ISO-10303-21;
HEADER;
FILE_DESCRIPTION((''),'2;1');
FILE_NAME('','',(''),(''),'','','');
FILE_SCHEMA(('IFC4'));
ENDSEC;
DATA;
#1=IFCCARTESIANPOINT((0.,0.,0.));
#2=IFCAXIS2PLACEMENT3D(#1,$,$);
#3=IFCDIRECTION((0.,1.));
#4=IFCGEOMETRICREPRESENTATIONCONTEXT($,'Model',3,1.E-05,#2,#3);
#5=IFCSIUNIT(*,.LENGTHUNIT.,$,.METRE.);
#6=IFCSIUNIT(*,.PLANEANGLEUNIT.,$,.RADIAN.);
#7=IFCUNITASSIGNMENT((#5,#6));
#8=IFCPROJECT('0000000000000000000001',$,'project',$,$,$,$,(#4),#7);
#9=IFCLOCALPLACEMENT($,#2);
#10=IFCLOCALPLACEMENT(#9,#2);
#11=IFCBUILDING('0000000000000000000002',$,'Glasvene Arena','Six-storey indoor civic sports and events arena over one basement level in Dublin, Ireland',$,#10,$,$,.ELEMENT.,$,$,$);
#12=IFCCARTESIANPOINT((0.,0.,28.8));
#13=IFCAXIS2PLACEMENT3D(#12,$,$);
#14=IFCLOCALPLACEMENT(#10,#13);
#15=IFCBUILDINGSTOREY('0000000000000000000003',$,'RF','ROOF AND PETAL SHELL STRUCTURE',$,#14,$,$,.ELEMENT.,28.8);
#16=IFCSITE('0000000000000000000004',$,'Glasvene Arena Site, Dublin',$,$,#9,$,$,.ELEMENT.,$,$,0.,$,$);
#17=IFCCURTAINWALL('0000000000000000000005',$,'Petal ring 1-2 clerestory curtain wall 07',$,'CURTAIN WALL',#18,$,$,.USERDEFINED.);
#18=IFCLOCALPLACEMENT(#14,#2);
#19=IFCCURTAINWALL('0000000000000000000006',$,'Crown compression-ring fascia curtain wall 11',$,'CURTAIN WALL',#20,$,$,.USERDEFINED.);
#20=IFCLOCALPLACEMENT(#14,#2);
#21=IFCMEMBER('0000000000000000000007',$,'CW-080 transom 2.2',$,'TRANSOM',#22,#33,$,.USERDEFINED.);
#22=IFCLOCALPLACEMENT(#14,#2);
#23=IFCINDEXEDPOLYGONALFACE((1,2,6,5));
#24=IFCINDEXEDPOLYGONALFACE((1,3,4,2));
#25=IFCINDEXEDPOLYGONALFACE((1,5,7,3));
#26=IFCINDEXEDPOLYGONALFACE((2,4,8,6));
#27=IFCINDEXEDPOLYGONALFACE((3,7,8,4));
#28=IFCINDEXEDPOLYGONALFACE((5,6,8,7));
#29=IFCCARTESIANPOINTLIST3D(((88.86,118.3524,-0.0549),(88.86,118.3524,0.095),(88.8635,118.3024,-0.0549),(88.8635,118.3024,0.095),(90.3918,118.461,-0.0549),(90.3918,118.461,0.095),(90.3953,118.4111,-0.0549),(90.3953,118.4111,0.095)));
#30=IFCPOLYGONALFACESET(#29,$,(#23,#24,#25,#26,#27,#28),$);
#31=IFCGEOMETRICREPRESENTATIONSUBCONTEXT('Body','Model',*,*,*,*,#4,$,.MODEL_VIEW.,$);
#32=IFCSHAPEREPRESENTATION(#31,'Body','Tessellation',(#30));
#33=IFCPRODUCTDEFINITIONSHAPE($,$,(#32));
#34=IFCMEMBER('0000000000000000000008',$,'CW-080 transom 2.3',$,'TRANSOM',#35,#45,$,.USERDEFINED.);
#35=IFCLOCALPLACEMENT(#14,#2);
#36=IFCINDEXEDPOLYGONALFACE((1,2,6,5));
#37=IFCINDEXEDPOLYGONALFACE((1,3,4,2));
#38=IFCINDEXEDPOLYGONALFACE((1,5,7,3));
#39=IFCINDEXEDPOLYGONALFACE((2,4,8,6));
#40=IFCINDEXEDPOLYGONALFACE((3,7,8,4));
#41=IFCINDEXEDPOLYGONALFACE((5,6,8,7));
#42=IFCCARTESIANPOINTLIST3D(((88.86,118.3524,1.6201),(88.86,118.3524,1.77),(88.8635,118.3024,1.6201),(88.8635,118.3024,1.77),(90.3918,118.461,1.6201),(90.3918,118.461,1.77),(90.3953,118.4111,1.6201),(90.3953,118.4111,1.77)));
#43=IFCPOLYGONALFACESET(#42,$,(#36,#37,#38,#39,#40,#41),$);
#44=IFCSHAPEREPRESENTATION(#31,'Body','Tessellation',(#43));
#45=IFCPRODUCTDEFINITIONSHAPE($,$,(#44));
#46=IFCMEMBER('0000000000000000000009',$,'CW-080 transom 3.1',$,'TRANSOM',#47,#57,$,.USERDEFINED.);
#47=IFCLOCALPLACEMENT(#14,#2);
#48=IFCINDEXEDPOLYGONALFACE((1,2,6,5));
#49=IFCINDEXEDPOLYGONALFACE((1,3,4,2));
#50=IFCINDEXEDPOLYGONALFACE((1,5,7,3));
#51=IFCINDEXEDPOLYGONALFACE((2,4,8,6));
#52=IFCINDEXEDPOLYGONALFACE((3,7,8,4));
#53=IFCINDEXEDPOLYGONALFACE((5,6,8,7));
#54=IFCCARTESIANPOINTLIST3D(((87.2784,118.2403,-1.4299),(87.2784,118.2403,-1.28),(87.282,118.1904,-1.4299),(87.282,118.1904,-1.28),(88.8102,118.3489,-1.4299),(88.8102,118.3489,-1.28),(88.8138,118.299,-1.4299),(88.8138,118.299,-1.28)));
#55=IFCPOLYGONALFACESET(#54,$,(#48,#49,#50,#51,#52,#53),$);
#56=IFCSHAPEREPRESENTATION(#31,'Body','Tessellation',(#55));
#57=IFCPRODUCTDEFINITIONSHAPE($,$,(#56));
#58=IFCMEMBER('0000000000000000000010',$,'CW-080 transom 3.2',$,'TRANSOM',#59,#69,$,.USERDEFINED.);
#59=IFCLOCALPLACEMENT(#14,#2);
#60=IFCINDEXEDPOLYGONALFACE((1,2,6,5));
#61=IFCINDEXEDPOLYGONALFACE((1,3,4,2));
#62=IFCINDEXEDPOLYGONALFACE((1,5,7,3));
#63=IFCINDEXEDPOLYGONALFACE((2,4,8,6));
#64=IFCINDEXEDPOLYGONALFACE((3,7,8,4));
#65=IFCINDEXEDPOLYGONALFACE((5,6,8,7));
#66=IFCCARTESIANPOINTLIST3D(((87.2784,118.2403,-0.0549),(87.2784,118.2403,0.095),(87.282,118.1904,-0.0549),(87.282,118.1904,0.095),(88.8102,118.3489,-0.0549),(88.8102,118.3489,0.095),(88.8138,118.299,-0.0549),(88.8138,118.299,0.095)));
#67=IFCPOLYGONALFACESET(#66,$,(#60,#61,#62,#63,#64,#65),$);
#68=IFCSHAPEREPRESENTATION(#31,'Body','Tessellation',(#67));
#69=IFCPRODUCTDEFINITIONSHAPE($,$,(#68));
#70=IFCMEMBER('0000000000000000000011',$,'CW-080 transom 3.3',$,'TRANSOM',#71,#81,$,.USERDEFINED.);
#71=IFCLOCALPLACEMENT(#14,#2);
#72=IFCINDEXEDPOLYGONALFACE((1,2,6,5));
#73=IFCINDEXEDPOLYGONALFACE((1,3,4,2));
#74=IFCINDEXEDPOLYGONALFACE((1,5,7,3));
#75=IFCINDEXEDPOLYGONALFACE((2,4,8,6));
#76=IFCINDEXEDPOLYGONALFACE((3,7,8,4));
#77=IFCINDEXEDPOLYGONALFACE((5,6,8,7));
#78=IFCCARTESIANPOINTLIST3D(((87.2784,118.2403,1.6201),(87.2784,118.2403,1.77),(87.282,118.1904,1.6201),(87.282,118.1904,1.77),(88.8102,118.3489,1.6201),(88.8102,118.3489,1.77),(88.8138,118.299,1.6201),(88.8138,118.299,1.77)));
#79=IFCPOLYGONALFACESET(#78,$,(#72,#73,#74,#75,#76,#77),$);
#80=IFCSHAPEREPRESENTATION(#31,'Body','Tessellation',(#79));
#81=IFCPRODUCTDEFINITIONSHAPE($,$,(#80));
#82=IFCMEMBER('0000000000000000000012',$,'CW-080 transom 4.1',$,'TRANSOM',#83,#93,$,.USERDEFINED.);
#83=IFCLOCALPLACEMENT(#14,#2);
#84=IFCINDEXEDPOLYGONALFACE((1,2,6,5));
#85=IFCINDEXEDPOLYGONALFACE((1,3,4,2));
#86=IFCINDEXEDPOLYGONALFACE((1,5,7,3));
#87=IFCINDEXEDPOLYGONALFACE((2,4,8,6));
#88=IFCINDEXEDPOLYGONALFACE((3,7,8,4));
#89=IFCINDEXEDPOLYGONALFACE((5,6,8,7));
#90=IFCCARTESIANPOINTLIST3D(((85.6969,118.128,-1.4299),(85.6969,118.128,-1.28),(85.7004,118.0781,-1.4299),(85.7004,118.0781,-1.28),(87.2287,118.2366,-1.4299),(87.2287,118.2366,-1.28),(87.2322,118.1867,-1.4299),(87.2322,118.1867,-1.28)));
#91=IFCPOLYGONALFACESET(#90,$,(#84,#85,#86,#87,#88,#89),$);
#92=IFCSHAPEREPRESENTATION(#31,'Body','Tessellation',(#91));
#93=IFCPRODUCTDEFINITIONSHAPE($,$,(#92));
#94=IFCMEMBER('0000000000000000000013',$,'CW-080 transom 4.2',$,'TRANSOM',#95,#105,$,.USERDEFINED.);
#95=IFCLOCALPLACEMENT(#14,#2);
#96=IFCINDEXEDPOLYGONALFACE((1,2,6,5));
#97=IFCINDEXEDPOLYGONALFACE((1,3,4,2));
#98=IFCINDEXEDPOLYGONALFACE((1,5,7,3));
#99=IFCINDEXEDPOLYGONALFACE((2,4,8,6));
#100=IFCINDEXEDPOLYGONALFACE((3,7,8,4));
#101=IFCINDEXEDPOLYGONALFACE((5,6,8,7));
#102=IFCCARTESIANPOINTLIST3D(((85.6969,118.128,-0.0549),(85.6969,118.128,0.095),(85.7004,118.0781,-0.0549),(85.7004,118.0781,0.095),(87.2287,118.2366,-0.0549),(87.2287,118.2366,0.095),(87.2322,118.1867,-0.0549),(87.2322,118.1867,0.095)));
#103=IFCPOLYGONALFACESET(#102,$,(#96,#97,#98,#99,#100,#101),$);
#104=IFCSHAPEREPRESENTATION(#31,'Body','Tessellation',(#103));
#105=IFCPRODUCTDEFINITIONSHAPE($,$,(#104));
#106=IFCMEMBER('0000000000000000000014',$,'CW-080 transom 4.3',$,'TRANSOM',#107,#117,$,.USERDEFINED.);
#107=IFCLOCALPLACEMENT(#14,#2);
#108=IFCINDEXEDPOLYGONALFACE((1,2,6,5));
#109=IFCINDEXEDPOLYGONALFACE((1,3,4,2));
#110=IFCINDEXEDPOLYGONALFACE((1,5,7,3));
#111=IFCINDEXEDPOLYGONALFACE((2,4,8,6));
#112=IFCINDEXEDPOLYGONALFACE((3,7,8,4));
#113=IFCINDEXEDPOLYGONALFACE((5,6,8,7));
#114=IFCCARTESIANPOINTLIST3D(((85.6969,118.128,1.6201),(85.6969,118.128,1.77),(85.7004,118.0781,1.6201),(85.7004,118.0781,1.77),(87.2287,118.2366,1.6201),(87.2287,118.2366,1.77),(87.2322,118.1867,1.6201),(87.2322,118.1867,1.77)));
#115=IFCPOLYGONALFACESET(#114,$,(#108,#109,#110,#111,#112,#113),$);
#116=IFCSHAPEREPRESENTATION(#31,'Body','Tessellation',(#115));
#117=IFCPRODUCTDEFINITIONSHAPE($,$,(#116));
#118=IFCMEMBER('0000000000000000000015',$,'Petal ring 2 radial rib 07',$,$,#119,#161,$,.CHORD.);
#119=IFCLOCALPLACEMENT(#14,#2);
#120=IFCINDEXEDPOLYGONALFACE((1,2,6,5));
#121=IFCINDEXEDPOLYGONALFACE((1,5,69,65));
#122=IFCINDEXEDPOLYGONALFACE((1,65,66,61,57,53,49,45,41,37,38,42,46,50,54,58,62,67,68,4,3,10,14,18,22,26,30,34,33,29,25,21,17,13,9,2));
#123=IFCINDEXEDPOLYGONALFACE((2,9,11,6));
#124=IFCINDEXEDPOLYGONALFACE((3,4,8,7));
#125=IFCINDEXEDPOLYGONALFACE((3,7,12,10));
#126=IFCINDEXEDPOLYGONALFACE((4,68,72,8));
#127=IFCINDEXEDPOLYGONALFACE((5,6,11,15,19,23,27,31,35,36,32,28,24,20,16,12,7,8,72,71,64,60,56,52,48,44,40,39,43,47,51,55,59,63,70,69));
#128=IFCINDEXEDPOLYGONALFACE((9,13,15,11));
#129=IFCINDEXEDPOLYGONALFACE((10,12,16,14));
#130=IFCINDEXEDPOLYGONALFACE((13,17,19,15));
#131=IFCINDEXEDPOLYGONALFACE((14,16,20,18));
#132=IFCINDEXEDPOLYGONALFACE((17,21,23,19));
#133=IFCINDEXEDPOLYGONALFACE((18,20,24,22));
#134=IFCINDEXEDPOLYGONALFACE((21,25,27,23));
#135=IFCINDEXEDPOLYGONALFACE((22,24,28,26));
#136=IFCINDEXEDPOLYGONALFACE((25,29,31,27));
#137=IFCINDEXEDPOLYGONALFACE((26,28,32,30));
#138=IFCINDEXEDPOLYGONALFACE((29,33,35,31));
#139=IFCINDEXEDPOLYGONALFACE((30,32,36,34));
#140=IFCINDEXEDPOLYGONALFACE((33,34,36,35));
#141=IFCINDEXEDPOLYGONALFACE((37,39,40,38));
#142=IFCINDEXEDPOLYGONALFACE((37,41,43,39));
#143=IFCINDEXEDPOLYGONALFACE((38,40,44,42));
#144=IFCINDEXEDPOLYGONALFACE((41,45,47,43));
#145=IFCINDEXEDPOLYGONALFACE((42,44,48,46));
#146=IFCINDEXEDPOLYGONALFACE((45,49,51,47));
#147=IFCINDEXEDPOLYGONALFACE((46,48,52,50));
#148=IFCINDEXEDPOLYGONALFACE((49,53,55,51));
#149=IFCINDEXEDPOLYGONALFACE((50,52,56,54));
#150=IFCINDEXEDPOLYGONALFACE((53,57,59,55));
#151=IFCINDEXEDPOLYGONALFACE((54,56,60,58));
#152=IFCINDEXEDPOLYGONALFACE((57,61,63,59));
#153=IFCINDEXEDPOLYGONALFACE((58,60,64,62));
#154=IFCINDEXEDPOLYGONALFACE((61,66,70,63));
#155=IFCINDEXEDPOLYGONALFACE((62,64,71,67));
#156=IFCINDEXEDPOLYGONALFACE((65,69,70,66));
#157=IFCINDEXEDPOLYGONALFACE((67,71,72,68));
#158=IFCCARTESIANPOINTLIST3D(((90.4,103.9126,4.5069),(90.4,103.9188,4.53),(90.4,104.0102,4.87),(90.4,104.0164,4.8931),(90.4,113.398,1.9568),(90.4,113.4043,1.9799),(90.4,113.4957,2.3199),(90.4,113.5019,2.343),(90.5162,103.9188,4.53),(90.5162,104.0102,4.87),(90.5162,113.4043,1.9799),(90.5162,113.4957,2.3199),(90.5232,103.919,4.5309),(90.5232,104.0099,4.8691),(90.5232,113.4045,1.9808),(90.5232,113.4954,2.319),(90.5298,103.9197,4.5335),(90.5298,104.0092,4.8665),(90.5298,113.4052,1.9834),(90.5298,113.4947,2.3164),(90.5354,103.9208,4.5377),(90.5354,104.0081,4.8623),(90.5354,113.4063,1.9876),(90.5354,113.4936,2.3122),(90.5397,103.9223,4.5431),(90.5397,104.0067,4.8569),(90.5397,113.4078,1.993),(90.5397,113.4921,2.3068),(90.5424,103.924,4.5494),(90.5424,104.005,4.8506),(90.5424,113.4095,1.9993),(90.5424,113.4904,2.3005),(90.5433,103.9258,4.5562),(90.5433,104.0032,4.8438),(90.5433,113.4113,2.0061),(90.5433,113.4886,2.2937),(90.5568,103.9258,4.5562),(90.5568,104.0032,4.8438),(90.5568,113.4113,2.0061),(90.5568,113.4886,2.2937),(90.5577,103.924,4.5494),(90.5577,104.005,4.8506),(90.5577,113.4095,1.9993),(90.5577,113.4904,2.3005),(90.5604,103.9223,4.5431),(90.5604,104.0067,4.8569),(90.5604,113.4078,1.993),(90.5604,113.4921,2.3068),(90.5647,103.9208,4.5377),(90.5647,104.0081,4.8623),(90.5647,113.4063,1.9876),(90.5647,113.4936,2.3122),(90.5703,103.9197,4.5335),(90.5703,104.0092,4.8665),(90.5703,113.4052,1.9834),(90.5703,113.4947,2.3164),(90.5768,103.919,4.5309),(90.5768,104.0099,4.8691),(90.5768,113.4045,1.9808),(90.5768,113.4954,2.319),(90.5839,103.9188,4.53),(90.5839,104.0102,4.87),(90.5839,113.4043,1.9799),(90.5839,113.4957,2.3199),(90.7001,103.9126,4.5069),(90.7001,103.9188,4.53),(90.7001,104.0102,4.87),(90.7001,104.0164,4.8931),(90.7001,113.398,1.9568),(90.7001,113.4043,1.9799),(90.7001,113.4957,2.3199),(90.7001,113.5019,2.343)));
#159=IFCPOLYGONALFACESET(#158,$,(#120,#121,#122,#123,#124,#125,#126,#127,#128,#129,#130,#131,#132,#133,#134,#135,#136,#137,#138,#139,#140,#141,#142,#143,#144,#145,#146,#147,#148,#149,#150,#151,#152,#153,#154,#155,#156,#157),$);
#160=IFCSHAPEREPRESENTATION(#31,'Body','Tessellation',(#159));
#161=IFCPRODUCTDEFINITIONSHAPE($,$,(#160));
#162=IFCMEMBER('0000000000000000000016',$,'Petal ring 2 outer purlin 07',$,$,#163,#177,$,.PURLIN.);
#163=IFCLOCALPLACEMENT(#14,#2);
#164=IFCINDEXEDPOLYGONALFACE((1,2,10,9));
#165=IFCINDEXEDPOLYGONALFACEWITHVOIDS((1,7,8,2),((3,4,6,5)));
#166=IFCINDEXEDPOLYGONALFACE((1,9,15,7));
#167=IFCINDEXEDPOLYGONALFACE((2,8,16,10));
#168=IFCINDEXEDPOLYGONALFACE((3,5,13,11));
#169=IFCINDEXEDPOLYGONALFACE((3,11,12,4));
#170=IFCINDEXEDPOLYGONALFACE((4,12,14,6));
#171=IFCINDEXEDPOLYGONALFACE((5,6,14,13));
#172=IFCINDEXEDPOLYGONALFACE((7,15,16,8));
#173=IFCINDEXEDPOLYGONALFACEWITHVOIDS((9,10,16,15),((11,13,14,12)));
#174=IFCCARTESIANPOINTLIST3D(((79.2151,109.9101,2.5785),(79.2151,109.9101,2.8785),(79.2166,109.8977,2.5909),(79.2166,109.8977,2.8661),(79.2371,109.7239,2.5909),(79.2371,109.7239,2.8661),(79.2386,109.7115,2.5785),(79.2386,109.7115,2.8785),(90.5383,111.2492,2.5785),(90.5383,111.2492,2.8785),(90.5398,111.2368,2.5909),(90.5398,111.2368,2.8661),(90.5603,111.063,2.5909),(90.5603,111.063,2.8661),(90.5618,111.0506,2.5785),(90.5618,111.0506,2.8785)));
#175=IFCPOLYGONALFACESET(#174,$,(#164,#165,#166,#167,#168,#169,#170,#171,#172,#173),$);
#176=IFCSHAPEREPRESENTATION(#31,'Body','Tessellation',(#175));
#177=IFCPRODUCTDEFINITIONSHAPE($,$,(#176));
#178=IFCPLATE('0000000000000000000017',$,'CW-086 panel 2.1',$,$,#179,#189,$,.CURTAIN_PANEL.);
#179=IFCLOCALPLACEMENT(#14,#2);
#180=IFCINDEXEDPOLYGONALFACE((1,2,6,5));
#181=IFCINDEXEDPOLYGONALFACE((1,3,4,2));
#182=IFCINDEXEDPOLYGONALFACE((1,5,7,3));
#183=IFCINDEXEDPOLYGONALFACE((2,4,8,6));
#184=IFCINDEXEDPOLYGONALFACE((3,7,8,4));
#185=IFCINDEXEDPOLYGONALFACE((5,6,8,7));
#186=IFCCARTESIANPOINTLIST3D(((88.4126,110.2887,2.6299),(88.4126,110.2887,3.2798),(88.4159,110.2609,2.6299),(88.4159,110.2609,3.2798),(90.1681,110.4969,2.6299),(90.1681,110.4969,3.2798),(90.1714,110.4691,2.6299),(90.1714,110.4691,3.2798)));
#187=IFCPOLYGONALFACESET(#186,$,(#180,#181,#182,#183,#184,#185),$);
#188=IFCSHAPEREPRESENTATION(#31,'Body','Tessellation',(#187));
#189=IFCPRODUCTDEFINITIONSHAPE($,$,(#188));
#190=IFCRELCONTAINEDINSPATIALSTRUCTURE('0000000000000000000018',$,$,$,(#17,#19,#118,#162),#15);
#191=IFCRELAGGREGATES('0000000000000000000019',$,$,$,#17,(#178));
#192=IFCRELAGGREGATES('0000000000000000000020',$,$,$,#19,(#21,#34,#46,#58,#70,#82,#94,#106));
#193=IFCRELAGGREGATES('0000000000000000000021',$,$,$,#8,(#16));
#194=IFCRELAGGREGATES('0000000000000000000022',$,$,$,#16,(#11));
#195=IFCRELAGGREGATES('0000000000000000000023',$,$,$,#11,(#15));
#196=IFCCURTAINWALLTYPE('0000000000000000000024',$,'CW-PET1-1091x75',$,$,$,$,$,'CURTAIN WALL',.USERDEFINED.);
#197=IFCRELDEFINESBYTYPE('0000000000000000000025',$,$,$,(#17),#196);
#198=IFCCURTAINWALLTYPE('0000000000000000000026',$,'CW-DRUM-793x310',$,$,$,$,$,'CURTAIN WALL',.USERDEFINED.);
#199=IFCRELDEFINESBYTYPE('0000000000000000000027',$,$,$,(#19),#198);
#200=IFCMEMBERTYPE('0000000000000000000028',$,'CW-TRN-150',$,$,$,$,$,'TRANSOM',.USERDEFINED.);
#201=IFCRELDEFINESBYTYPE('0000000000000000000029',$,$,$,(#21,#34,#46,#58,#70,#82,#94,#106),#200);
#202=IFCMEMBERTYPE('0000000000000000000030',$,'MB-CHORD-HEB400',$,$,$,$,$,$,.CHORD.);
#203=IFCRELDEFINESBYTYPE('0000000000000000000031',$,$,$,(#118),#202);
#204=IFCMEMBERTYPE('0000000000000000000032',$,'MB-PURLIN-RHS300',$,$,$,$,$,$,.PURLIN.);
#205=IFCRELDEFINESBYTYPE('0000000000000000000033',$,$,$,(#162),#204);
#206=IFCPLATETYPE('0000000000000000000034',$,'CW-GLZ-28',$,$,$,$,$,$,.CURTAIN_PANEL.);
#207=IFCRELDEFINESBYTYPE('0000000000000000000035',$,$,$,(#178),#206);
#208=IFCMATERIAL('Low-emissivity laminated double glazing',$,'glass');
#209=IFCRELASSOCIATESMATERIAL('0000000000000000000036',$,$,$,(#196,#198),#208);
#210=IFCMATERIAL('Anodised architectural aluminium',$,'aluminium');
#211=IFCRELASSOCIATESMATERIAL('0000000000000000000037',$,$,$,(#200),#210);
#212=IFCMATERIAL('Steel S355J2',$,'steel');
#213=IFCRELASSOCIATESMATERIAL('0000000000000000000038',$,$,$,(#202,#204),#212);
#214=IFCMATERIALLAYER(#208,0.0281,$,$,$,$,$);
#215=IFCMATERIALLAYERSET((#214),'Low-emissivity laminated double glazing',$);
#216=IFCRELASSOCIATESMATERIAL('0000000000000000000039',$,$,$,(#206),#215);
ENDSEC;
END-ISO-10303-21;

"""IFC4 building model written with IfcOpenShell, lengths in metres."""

from ifc_helpers import new_model, si_unit, direction, frame, origin, origin_2d, place, context, subcontext, project, spatial, rectangle, hollow_rectangle, i_section, extrude, material, layer, layer_set, material_profile, profile_set, type_object, element, aggregate, save


model = new_model("IFC4")

# Units and contexts
model_context = context("Model", 3, precision=1e-05, world=origin(), true_north=direction((0.0, 1.0)))
body_context = subcontext(model_context, "Body", "Model", "MODEL_VIEW")
ifc_project = project(units=[si_unit("LENGTHUNIT", "METRE"), si_unit("PLANEANGLEUNIT", "RADIAN")], contexts=[model_context])

# Site, building, storey
site_placement = place(None, origin())
site = spatial("IfcSite", under=ifc_project, at=site_placement, Name="Glasvene Arena Site, Dublin", CompositionType="ELEMENT", RefElevation=0.0)
building_placement = place(site_placement, origin())
building = spatial("IfcBuilding", under=site, at=building_placement, Name="Glasvene Arena", Description="Six-storey indoor civic sports and events arena over one basement level in Dublin, Ireland", CompositionType="ELEMENT")
storey_placement = place(building_placement, frame((0.0, 0.0, 28.8)))
storey = spatial("IfcBuildingStorey", under=building, at=storey_placement, Name="RF", Description="ROOF AND PETAL SHELL STRUCTURE", CompositionType="ELEMENT", Elevation=28.8)

# Curtain walls
ifc_material_1 = material(Name="Low-emissivity laminated double glazing", Category="glass")
curtain_wall_type_1 = type_object("IfcCurtainWallType", Name="CW-PET1-1091x75", ElementType="CURTAIN WALL", PredefinedType="USERDEFINED", material=ifc_material_1)
curtain_wall_1_placement = place(storey_placement, frame((92.0, 110.7, 0.0)))
curtain_wall_1 = element("IfcCurtainWall", 1, at=curtain_wall_1_placement, inside=storey, type_object=curtain_wall_type_1, Name="Petal ring 1-2 clerestory curtain wall 07", ObjectType="CURTAIN WALL", PredefinedType="USERDEFINED")
ifc_material_2 = material(Name="Anodised architectural aluminium", Category="aluminium")
curtain_wall_type_2 = type_object("IfcCurtainWallType", Name="CW-DRUM-793x310", ElementType="CURTAIN WALL", PredefinedType="USERDEFINED", material=ifc_material_1)
curtain_wall_2_placement = place(storey_placement, frame((92.0, 118.55, 0.0)))
curtain_wall_2 = element("IfcCurtainWall", 2, at=curtain_wall_2_placement, inside=storey, type_object=curtain_wall_type_2, Name="Crown compression-ring fascia curtain wall 11", ObjectType="CURTAIN WALL", PredefinedType="USERDEFINED")

# Members
ifc_material_profile_1 = material_profile(ifc_material_2, rectangle(XDim=0.05, YDim=0.1499, at=origin_2d()), Name="ALU TRANSOM 50x150")
ifc_profile_set_1 = profile_set([ifc_material_profile_1], Name="Anodised architectural aluminium")
member_type_1 = type_object("IfcMemberType", Name="CW-TRN-150", ElementType="TRANSOM", PredefinedType="USERDEFINED", material=ifc_profile_set_1)
member_1_placement = place(storey_placement, frame((90.3936, 118.436, 0.02), z_axis=(-0.997494, -0.07075, 0.0), x_axis=(0.07075, -0.997494, 0.0)))
member_1 = element("IfcMember", 3, at=member_1_placement, type_object=member_type_1, Name="CW-080 transom 2.2", ObjectType="TRANSOM", PredefinedType="USERDEFINED", context=body_context, shape_type="SweptSolid", body=[
    extrude(rectangle(XDim=0.05, YDim=0.1499, at=origin_2d()), origin(), (0.0, 0.0, 1.0), 1.5356),
])
member_2_placement = place(storey_placement, frame((90.3936, 118.436, 1.6951), z_axis=(-0.997494, -0.07075, 0.0), x_axis=(0.07075, -0.997494, 0.0)))
member_2 = element("IfcMember", 4, at=member_2_placement, type_object=member_type_1, Name="CW-080 transom 2.3", ObjectType="TRANSOM", PredefinedType="USERDEFINED", context=body_context, shape_type="SweptSolid", body=[
    extrude(rectangle(XDim=0.05, YDim=0.1499, at=origin_2d()), origin(), (0.0, 0.0, 1.0), 1.5356),
])
member_3_placement = place(storey_placement, frame((88.812, 118.324, -1.355), z_axis=(-0.997494, -0.07075, 0.0), x_axis=(0.07075, -0.997494, 0.0)))
member_3 = element("IfcMember", 5, at=member_3_placement, type_object=member_type_1, Name="CW-080 transom 3.1", ObjectType="TRANSOM", PredefinedType="USERDEFINED", context=body_context, shape_type="SweptSolid", body=[
    extrude(rectangle(XDim=0.05, YDim=0.1499, at=origin_2d()), origin(), (0.0, 0.0, 1.0), 1.5356),
])
member_4_placement = place(storey_placement, frame((88.812, 118.324, 0.02), z_axis=(-0.997494, -0.07075, 0.0), x_axis=(0.07075, -0.997494, 0.0)))
member_4 = element("IfcMember", 6, at=member_4_placement, type_object=member_type_1, Name="CW-080 transom 3.2", ObjectType="TRANSOM", PredefinedType="USERDEFINED", context=body_context, shape_type="SweptSolid", body=[
    extrude(rectangle(XDim=0.05, YDim=0.1499, at=origin_2d()), origin(), (0.0, 0.0, 1.0), 1.5356),
])
member_5_placement = place(storey_placement, frame((88.812, 118.324, 1.6951), z_axis=(-0.997494, -0.07075, 0.0), x_axis=(0.07075, -0.997494, 0.0)))
member_5 = element("IfcMember", 7, at=member_5_placement, type_object=member_type_1, Name="CW-080 transom 3.3", ObjectType="TRANSOM", PredefinedType="USERDEFINED", context=body_context, shape_type="SweptSolid", body=[
    extrude(rectangle(XDim=0.05, YDim=0.1499, at=origin_2d()), origin(), (0.0, 0.0, 1.0), 1.5356),
])
member_6_placement = place(storey_placement, frame((87.2305, 118.2117, -1.355), z_axis=(-0.997494, -0.07075, 0.0), x_axis=(0.07075, -0.997494, 0.0)))
member_6 = element("IfcMember", 8, at=member_6_placement, type_object=member_type_1, Name="CW-080 transom 4.1", ObjectType="TRANSOM", PredefinedType="USERDEFINED", context=body_context, shape_type="SweptSolid", body=[
    extrude(rectangle(XDim=0.05, YDim=0.1499, at=origin_2d()), origin(), (0.0, 0.0, 1.0), 1.5356),
])
member_7_placement = place(storey_placement, frame((87.2305, 118.2117, 0.02), z_axis=(-0.997494, -0.07075, 0.0), x_axis=(0.07075, -0.997494, 0.0)))
member_7 = element("IfcMember", 9, at=member_7_placement, type_object=member_type_1, Name="CW-080 transom 4.2", ObjectType="TRANSOM", PredefinedType="USERDEFINED", context=body_context, shape_type="SweptSolid", body=[
    extrude(rectangle(XDim=0.05, YDim=0.1499, at=origin_2d()), origin(), (0.0, 0.0, 1.0), 1.5356),
])
member_8_placement = place(storey_placement, frame((87.2305, 118.2117, 1.6951), z_axis=(-0.997494, -0.07075, 0.0), x_axis=(0.07075, -0.997494, 0.0)))
member_8 = element("IfcMember", 10, at=member_8_placement, type_object=member_type_1, Name="CW-080 transom 4.3", ObjectType="TRANSOM", PredefinedType="USERDEFINED", context=body_context, shape_type="SweptSolid", body=[
    extrude(rectangle(XDim=0.05, YDim=0.1499, at=origin_2d()), origin(), (0.0, 0.0, 1.0), 1.5356),
])

# Members
ifc_material_3 = material(Name="Steel S355J2", Category="steel")
ifc_material_profile_2 = material_profile(ifc_material_3, i_section(OverallWidth=0.3, OverallDepth=0.3999, WebThickness=0.0134, FlangeThickness=0.0239, FilletRadius=0.0271, at=origin_2d()), Name="HEB 400")
ifc_profile_set_2 = profile_set([ifc_material_profile_2], Name="Steel S355J2")
member_type_2 = type_object("IfcMemberType", Name="MB-CHORD-HEB400", PredefinedType="CHORD", material=ifc_profile_set_2)
member_9_placement = place(storey_placement, frame((90.55, 113.45, 2.1499), z_axis=(0.0, -0.96571, 0.259622), x_axis=(1.0, 0.0, 0.0)))
element("IfcMember", 11, at=member_9_placement, inside=storey, type_object=member_type_2, Name="Petal ring 2 radial rib 07", PredefinedType="CHORD", context=body_context, shape_type="SweptSolid", body=[
    extrude(i_section(OverallWidth=0.3, OverallDepth=0.3999, WebThickness=0.0134, FlangeThickness=0.0239, FilletRadius=0.0271, at=origin_2d()), origin(), (0.0, 0.0, 1.0), 9.8223),
])
ifc_material_profile_3 = material_profile(ifc_material_3, hollow_rectangle(XDim=0.2, YDim=0.3, WallThickness=0.0125, at=origin_2d()), Name="RHS 300x200x12.5")
ifc_profile_set_3 = profile_set([ifc_material_profile_3], Name="Steel S355J2")
member_type_3 = type_object("IfcMemberType", Name="MB-PURLIN-RHS300", PredefinedType="PURLIN", material=ifc_profile_set_3)
member_10_placement = place(storey_placement, frame((90.55, 111.1499, 2.7285), z_axis=(-0.99308, -0.117444, 0.0), x_axis=(0.117444, -0.99308, 0.0)))
element("IfcMember", 12, at=member_10_placement, inside=storey, type_object=member_type_3, Name="Petal ring 2 outer purlin 07", PredefinedType="PURLIN", context=body_context, shape_type="SweptSolid", body=[
    extrude(hollow_rectangle(XDim=0.2, YDim=0.3, WallThickness=0.0125, at=origin_2d()), origin(), (0.0, 0.0, 1.0), 11.4021),
])

# Plate
ifc_layer_1 = layer(ifc_material_1, 0.0281)
ifc_layer_set_1 = layer_set([ifc_layer_1], Name="Low-emissivity laminated double glazing")
plate_type_1 = type_object("IfcPlateType", Name="CW-GLZ-28", PredefinedType="CURTAIN_PANEL", material=ifc_layer_set_1)
plate_1_placement = place(storey_placement, frame((89.292, 110.3789, 2.6299), z_axis=(0.0, 0.0, 1.0), x_axis=(-0.993041, -0.117772, 0.0)))
plate_1 = element("IfcPlate", 13, at=plate_1_placement, type_object=plate_type_1, Name="CW-086 panel 2.1", PredefinedType="CURTAIN_PANEL", context=body_context, shape_type="SweptSolid", body=[
    extrude(rectangle(XDim=1.7678, YDim=0.0281, at=origin_2d()), origin(), (0.0, 0.0, 1.0), 0.6499),
])
aggregate(curtain_wall_1, [plate_1])
aggregate(curtain_wall_2, [member_1, member_2, member_3, member_4, member_5, member_6, member_7, member_8])

save(model, "model.ifc")
